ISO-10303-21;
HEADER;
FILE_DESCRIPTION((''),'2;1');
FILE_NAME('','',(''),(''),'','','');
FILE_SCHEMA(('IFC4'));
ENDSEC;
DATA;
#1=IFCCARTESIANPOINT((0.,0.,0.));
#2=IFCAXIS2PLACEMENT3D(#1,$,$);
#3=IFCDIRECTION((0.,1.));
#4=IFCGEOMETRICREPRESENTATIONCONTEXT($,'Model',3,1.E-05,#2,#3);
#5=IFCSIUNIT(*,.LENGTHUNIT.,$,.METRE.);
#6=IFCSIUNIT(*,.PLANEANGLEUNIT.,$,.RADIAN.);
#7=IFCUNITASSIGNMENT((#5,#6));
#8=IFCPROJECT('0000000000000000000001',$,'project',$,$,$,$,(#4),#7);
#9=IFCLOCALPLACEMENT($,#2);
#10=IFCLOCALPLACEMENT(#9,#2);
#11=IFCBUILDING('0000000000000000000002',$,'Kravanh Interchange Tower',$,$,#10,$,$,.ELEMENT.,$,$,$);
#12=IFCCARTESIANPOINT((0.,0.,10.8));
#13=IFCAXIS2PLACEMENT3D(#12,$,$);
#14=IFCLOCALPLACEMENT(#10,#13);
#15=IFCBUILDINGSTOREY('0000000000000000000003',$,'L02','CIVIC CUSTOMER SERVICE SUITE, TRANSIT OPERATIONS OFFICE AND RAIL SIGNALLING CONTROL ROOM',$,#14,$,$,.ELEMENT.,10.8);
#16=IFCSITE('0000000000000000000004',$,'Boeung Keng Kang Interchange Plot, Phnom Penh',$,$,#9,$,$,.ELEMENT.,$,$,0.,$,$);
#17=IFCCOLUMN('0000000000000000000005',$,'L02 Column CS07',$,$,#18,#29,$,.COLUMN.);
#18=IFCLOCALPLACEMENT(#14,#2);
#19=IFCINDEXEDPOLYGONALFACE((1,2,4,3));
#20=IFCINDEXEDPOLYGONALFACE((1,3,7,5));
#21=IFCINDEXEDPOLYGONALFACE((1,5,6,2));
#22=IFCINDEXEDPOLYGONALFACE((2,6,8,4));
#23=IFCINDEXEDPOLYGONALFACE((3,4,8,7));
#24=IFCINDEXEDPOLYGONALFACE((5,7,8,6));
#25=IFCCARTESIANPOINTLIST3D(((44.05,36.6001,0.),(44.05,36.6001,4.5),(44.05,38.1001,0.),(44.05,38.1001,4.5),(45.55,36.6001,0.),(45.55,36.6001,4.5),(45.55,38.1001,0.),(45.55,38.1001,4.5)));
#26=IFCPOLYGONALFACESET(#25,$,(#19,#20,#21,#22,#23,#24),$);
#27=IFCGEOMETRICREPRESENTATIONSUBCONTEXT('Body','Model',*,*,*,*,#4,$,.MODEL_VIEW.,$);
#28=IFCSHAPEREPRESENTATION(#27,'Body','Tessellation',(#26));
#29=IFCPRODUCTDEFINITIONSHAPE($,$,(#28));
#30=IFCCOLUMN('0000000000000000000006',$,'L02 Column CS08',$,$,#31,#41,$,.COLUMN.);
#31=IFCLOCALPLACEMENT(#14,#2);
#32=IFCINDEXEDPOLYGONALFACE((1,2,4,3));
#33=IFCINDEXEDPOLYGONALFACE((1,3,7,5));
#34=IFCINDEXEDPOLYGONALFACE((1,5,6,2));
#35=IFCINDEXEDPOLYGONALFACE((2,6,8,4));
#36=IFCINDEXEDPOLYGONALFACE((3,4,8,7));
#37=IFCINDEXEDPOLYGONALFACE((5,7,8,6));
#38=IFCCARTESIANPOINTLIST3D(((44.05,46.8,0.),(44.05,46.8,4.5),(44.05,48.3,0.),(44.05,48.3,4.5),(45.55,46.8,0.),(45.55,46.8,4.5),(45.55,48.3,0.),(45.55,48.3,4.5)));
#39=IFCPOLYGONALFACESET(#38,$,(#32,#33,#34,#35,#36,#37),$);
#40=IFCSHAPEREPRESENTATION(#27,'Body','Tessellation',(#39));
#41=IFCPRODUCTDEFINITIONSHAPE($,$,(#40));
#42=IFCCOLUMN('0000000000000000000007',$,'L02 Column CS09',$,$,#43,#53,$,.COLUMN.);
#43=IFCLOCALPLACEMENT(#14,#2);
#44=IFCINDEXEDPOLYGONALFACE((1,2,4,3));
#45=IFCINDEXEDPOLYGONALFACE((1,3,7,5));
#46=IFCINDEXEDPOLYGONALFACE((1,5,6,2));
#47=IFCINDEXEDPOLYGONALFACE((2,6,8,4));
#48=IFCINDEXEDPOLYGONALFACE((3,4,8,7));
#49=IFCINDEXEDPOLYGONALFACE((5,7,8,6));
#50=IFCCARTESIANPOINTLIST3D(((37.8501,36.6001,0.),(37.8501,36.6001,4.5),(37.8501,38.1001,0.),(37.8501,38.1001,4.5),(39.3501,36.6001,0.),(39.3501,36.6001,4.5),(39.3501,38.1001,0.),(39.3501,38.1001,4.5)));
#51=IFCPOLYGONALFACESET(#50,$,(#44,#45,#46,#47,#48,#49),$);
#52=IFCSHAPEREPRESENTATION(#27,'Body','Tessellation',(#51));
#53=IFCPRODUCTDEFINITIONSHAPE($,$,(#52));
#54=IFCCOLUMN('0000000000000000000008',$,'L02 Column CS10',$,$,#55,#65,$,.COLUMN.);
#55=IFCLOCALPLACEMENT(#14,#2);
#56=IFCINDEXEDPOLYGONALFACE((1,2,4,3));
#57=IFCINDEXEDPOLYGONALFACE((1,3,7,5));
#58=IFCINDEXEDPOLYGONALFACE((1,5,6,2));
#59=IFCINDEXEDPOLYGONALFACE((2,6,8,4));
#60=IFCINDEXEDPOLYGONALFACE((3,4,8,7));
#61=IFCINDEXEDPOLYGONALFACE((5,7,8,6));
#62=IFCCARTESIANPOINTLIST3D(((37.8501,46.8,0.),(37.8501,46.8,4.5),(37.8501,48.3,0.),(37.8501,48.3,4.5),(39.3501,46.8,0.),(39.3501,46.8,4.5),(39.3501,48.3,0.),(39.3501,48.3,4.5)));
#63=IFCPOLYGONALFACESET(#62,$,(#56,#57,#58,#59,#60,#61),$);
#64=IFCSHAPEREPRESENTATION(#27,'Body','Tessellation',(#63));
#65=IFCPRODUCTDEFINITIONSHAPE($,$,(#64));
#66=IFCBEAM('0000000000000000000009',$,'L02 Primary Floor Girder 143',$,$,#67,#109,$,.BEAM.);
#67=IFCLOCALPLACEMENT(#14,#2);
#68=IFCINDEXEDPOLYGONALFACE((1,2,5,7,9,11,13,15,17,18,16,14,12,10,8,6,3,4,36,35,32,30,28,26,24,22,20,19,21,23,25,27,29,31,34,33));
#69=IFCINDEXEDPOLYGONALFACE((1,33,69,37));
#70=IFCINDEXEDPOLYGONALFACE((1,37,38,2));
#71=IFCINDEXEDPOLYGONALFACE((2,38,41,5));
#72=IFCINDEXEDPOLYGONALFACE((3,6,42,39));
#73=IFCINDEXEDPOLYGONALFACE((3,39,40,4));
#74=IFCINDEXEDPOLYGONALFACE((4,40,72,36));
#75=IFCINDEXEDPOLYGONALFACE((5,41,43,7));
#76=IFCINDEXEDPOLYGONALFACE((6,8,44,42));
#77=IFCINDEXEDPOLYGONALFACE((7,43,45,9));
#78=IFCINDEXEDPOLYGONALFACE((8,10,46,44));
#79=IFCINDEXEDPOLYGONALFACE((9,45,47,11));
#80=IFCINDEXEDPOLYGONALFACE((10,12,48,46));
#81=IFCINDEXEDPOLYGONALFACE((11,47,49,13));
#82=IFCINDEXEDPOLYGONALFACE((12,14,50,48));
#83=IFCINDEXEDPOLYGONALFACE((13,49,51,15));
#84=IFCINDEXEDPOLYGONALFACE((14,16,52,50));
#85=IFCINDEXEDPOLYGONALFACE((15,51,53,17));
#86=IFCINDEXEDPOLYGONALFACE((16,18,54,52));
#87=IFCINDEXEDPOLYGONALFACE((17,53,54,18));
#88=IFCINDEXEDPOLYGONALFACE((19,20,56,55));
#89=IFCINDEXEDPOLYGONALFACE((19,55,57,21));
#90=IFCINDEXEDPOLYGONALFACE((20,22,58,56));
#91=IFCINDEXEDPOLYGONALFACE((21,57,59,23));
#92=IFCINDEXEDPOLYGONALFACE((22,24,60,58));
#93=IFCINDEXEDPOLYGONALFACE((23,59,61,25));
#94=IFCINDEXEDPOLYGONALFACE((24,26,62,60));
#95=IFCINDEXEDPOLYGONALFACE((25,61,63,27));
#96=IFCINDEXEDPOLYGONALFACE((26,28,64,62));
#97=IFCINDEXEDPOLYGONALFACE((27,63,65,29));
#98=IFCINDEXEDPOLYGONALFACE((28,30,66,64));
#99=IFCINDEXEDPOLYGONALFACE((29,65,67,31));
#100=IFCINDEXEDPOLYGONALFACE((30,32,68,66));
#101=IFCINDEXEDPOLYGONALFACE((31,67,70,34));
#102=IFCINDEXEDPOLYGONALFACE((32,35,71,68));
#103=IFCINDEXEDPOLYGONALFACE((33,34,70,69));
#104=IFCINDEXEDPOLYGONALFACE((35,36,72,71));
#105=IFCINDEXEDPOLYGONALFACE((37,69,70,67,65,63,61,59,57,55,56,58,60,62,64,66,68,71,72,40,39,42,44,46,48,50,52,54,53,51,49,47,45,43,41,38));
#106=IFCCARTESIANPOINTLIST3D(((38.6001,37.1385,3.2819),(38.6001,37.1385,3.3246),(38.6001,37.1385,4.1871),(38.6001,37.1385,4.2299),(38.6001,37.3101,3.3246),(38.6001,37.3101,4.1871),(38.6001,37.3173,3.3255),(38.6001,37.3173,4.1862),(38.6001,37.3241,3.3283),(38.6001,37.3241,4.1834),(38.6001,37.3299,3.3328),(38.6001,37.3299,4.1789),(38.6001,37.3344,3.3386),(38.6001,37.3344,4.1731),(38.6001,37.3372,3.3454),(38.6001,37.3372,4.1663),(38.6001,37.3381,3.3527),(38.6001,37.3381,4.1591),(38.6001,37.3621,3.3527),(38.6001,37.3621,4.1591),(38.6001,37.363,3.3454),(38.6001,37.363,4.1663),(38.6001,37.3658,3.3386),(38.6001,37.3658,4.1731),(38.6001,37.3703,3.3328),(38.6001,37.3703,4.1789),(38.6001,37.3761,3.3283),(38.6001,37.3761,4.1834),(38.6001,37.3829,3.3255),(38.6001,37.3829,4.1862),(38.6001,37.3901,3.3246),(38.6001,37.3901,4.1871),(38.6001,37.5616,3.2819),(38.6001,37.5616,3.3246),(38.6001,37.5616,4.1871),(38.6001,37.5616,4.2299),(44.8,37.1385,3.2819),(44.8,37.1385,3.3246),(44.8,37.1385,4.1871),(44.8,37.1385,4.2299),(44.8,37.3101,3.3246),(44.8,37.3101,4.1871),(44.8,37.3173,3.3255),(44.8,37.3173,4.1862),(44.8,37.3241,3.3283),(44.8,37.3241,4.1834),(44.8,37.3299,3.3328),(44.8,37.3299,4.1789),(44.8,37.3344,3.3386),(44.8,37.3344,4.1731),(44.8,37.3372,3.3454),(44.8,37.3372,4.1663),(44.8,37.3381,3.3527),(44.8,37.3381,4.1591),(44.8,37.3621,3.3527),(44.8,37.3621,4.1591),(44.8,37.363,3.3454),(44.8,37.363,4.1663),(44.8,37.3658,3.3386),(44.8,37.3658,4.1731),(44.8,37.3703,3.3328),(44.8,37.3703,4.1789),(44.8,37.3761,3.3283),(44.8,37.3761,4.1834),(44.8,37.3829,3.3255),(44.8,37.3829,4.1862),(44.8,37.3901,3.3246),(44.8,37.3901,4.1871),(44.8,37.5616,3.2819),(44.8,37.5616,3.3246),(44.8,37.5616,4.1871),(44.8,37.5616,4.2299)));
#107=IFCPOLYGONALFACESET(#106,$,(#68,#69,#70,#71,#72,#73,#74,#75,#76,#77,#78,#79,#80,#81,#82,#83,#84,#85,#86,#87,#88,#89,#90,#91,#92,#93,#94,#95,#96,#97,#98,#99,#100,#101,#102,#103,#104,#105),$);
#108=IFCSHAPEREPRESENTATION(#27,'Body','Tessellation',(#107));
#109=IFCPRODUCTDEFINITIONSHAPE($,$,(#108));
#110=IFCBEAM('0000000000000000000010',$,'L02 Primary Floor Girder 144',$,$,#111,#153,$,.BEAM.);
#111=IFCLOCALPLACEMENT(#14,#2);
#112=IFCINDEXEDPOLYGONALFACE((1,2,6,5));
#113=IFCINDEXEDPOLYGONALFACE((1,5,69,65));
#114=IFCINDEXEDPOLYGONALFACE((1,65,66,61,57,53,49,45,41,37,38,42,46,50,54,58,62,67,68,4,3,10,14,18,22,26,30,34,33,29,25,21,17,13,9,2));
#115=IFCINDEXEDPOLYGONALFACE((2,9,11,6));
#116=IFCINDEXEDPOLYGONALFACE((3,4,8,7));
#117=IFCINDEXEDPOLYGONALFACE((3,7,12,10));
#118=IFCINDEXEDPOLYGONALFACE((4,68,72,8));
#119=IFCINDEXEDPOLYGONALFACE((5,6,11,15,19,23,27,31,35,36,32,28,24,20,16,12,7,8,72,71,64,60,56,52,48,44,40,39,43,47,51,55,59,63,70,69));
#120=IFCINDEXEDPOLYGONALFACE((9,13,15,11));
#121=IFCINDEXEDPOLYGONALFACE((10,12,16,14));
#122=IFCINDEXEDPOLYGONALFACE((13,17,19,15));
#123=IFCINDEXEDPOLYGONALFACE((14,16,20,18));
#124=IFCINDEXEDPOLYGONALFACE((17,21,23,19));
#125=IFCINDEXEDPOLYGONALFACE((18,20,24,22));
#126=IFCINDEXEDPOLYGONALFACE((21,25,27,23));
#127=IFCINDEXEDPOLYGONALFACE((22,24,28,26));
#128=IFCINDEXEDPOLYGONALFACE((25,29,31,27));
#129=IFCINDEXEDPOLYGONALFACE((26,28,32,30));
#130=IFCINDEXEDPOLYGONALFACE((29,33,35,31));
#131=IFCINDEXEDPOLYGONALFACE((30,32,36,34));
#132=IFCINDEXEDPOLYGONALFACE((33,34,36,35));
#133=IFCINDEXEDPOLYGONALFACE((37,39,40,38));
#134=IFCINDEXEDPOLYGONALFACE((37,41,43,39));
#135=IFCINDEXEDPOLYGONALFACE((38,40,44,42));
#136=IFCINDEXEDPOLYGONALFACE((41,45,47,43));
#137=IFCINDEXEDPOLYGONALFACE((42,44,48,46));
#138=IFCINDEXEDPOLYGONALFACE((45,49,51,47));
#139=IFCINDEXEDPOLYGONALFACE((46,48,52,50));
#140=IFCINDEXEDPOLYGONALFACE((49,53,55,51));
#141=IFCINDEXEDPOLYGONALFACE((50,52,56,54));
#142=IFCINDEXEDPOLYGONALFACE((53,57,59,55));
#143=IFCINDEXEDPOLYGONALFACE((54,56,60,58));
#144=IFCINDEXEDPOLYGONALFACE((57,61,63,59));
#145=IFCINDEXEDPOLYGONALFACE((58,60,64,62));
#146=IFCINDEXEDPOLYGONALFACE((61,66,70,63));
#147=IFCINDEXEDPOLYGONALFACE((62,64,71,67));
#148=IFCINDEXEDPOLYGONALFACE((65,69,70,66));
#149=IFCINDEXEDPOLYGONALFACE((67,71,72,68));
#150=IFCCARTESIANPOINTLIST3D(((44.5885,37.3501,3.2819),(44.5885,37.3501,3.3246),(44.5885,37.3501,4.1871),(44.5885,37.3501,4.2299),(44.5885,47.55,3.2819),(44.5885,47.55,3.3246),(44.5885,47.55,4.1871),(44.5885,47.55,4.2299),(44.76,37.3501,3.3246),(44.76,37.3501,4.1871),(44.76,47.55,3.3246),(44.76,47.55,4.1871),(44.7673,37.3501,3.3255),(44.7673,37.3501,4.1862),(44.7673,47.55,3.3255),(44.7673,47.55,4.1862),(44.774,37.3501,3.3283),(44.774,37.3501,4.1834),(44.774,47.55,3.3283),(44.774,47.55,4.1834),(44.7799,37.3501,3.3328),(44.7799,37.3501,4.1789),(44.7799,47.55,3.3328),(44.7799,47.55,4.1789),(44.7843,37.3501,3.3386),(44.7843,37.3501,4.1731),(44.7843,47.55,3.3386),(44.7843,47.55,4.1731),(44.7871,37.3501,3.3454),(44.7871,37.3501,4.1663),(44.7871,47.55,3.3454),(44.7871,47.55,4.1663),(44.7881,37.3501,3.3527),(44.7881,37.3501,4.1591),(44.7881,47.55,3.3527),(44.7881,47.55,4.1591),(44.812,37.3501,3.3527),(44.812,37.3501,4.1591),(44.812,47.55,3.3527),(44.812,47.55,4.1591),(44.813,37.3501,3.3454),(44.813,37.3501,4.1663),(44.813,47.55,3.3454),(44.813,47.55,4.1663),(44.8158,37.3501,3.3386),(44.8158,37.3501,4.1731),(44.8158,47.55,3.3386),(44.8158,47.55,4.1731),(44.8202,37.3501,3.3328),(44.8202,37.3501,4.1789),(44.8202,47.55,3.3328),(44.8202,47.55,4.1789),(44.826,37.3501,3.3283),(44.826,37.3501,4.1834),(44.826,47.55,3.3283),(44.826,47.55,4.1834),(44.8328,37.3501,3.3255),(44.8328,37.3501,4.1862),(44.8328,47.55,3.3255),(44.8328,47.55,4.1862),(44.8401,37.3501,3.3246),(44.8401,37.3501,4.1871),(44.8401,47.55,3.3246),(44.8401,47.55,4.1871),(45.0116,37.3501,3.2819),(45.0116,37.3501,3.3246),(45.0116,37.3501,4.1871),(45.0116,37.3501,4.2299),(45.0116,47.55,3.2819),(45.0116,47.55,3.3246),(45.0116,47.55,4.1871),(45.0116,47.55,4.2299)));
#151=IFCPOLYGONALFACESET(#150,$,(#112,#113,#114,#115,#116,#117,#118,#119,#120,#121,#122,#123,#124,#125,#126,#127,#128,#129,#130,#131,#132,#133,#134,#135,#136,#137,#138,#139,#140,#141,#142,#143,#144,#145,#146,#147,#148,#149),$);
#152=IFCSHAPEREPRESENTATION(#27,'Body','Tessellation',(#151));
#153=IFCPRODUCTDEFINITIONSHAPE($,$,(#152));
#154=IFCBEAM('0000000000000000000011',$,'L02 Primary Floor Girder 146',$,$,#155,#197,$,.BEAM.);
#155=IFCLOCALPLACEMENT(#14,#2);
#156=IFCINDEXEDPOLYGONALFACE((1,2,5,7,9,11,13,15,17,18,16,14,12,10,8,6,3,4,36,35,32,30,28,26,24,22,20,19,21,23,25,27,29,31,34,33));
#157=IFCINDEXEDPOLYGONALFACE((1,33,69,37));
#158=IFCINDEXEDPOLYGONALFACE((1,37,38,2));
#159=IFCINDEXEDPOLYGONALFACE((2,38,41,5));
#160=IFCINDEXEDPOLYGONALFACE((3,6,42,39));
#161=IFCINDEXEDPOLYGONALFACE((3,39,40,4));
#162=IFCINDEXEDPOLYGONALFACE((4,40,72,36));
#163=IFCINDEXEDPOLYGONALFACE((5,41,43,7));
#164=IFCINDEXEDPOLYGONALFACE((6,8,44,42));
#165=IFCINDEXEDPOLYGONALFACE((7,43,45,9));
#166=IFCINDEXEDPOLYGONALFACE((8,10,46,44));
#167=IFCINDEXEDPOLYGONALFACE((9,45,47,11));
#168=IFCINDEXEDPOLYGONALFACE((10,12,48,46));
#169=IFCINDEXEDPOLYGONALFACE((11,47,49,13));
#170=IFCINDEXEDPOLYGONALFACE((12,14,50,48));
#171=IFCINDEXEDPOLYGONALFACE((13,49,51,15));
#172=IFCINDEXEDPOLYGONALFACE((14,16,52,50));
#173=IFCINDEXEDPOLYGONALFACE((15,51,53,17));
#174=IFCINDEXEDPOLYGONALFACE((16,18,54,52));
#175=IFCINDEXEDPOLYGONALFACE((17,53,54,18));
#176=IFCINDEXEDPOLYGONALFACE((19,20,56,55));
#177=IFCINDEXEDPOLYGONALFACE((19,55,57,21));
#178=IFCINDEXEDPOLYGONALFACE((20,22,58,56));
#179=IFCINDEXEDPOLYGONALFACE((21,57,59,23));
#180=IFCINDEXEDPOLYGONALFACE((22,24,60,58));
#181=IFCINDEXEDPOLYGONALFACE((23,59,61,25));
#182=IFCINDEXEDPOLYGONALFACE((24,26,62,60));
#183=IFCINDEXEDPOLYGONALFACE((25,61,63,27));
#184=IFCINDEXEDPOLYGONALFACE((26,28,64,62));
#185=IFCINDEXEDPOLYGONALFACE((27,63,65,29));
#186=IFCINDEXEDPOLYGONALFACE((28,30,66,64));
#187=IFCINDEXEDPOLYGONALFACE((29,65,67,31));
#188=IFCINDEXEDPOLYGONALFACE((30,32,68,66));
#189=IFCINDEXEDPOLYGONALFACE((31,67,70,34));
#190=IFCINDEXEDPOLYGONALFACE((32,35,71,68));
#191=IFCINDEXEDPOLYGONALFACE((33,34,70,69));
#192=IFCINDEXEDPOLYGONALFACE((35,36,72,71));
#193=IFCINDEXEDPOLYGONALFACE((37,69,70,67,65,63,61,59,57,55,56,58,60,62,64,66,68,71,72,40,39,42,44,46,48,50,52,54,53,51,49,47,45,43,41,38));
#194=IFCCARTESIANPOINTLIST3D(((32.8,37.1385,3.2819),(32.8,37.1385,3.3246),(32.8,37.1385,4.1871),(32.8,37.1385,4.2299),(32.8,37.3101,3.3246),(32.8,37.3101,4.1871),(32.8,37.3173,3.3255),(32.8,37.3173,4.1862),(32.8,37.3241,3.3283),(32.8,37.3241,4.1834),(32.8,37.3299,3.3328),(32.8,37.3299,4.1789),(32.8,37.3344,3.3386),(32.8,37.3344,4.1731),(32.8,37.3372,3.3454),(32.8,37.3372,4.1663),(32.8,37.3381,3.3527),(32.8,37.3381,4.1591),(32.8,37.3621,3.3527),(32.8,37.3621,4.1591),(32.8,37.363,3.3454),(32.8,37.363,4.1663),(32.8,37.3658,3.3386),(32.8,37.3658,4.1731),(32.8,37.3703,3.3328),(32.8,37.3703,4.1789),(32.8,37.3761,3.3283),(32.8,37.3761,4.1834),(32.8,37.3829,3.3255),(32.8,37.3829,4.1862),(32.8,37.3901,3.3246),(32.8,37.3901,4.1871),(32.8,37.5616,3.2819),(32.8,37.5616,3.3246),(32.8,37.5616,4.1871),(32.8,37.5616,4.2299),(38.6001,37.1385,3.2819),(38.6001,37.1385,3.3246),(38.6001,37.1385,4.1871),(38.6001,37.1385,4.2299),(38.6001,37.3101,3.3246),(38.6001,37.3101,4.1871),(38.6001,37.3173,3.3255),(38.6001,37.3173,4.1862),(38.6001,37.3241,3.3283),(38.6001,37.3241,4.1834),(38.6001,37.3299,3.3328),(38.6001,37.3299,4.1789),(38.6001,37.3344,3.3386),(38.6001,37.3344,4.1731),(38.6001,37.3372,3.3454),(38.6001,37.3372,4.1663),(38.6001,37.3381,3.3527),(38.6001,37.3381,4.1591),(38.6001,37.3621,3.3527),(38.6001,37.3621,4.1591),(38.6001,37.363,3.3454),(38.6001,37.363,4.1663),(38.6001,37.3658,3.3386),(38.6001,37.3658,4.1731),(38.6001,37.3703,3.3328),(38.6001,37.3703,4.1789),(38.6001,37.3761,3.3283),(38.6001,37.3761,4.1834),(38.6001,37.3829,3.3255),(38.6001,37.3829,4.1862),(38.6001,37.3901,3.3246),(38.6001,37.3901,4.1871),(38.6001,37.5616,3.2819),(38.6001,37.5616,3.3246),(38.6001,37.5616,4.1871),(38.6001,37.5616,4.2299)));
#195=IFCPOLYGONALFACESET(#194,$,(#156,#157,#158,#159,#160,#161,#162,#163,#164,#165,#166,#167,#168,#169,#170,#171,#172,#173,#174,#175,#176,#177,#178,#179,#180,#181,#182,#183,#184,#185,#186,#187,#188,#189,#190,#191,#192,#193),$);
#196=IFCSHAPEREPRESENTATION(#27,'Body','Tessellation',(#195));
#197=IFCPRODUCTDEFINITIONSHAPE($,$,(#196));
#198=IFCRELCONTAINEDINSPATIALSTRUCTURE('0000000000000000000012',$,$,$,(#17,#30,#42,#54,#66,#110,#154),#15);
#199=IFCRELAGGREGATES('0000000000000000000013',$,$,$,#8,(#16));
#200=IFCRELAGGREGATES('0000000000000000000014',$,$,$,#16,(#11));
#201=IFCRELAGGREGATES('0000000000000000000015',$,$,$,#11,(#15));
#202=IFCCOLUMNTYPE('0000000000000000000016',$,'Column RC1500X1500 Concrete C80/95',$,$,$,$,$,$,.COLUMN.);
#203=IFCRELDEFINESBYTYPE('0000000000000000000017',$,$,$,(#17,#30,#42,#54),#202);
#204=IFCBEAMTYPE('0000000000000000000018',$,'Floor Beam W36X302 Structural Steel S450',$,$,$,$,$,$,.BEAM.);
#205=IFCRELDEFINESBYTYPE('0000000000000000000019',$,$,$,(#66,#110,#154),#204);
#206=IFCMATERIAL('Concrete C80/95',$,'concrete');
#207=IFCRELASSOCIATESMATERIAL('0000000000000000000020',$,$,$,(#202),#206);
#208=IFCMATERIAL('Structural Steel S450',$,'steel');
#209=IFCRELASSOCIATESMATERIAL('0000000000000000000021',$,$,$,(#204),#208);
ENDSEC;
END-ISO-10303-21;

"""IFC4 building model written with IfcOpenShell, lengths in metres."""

from ifc_helpers import new_model, si_unit, direction, frame, origin, origin_2d, place, context, subcontext, project, spatial, rectangle, i_section, extrude, material, material_profile, profile_set, type_object, element, save


model = new_model("IFC4")

# Units and contexts
model_context = context("Model", 3, precision=1e-05, world=origin(), true_north=direction((0.0, 1.0)))
body_context = subcontext(model_context, "Body", "Model", "MODEL_VIEW")
ifc_project = project(units=[si_unit("LENGTHUNIT", "METRE"), si_unit("PLANEANGLEUNIT", "RADIAN")], contexts=[model_context])

# Site, building, storey
site_placement = place(None, origin())
site = spatial("IfcSite", under=ifc_project, at=site_placement, Name="Boeung Keng Kang Interchange Plot, Phnom Penh", CompositionType="ELEMENT", RefElevation=0.0)
building_placement = place(site_placement, origin())
building = spatial("IfcBuilding", under=site, at=building_placement, Name="Kravanh Interchange Tower", CompositionType="ELEMENT")
storey_placement = place(building_placement, frame((0.0, 0.0, 10.8)))
storey = spatial("IfcBuildingStorey", under=building, at=storey_placement, Name="L02", Description="CIVIC CUSTOMER SERVICE SUITE, TRANSIT OPERATIONS OFFICE AND RAIL SIGNALLING CONTROL ROOM", CompositionType="ELEMENT", Elevation=10.8)

# Columns
ifc_material_1 = material(Name="Concrete C80/95", Category="concrete")
ifc_material_profile_1 = material_profile(ifc_material_1, rectangle(XDim=1.5, YDim=1.5, at=origin_2d()), Name="RC1500X1500")
ifc_profile_set_1 = profile_set([ifc_material_profile_1], Name="Concrete C80/95")
column_type = type_object("IfcColumnType", Name="Column RC1500X1500 Concrete C80/95", PredefinedType="COLUMN", material=ifc_profile_set_1)
for number, where, z_axis, x_axis, name in (
    (1, (44.8, 37.3501, 0.0), (0.0, 0.0, 1.0), (1.0, 0.0, 0.0), "L02 Column CS07"),
    (2, (44.8, 47.55, 0.0), (0.0, 0.0, 1.0), (1.0, 0.0, 0.0), "L02 Column CS08"),
    (3, (38.6001, 37.3501, 0.0), (0.0, 0.0, 1.0), (1.0, 0.0, 0.0), "L02 Column CS09"),
    (4, (38.6001, 47.55, 0.0), (0.0, 0.0, 1.0), (1.0, 0.0, 0.0), "L02 Column CS10"),
):
    element("IfcColumn", number, at=place(storey_placement, frame(where, z_axis=z_axis, x_axis=x_axis)), inside=storey, type_object=column_type, Name=name, PredefinedType="COLUMN", context=body_context, shape_type="SweptSolid", body=[
        extrude(rectangle(XDim=1.5, YDim=1.5, at=origin_2d()), origin(), (0.0, 0.0, 1.0), 4.5),
    ])

# Beams
ifc_material_2 = material(Name="Structural Steel S450", Category="steel")
ifc_material_profile_2 = material_profile(ifc_material_2, i_section(OverallWidth=0.4231, OverallDepth=0.948, WebThickness=0.0239, FlangeThickness=0.0427, FilletRadius=0.0281, at=origin_2d()), Name="W36X302")
ifc_profile_set_2 = profile_set([ifc_material_profile_2], Name="Structural Steel S450")
beam_type = type_object("IfcBeamType", Name="Floor Beam W36X302 Structural Steel S450", PredefinedType="BEAM", material=ifc_profile_set_2)
beam_1_placement = place(storey_placement, frame((44.8, 37.3501, 3.7559), z_axis=(-1.0, 0.0, 0.0), x_axis=(0.0, -1.0, 0.0)))
element("IfcBeam", 5, at=beam_1_placement, inside=storey, type_object=beam_type, Name="L02 Primary Floor Girder 143", PredefinedType="BEAM", context=body_context, shape_type="SweptSolid", body=[
    extrude(i_section(OverallWidth=0.4231, OverallDepth=0.948, WebThickness=0.0239, FlangeThickness=0.0427, FilletRadius=0.0281, at=origin_2d()), origin(), (0.0, 0.0, 1.0), 6.2),
])
beam_2_placement = place(storey_placement, frame((44.8, 37.3501, 3.7559), z_axis=(0.0, 1.0, 0.0), x_axis=(-1.0, 0.0, 0.0)))
element("IfcBeam", 6, at=beam_2_placement, inside=storey, type_object=beam_type, Name="L02 Primary Floor Girder 144", PredefinedType="BEAM", context=body_context, shape_type="SweptSolid", body=[
    extrude(i_section(OverallWidth=0.4231, OverallDepth=0.948, WebThickness=0.0239, FlangeThickness=0.0427, FilletRadius=0.0281, at=origin_2d()), origin(), (0.0, 0.0, 1.0), 10.2),
])
beam_3_placement = place(storey_placement, frame((38.6001, 37.3501, 3.7559), z_axis=(-1.0, 0.0, 0.0), x_axis=(0.0, -1.0, 0.0)))
element("IfcBeam", 7, at=beam_3_placement, inside=storey, type_object=beam_type, Name="L02 Primary Floor Girder 146", PredefinedType="BEAM", context=body_context, shape_type="SweptSolid", body=[
    extrude(i_section(OverallWidth=0.4231, OverallDepth=0.948, WebThickness=0.0239, FlangeThickness=0.0427, FilletRadius=0.0281, at=origin_2d()), origin(), (0.0, 0.0, 1.0), 5.8),
])

save(model, "model.ifc")
